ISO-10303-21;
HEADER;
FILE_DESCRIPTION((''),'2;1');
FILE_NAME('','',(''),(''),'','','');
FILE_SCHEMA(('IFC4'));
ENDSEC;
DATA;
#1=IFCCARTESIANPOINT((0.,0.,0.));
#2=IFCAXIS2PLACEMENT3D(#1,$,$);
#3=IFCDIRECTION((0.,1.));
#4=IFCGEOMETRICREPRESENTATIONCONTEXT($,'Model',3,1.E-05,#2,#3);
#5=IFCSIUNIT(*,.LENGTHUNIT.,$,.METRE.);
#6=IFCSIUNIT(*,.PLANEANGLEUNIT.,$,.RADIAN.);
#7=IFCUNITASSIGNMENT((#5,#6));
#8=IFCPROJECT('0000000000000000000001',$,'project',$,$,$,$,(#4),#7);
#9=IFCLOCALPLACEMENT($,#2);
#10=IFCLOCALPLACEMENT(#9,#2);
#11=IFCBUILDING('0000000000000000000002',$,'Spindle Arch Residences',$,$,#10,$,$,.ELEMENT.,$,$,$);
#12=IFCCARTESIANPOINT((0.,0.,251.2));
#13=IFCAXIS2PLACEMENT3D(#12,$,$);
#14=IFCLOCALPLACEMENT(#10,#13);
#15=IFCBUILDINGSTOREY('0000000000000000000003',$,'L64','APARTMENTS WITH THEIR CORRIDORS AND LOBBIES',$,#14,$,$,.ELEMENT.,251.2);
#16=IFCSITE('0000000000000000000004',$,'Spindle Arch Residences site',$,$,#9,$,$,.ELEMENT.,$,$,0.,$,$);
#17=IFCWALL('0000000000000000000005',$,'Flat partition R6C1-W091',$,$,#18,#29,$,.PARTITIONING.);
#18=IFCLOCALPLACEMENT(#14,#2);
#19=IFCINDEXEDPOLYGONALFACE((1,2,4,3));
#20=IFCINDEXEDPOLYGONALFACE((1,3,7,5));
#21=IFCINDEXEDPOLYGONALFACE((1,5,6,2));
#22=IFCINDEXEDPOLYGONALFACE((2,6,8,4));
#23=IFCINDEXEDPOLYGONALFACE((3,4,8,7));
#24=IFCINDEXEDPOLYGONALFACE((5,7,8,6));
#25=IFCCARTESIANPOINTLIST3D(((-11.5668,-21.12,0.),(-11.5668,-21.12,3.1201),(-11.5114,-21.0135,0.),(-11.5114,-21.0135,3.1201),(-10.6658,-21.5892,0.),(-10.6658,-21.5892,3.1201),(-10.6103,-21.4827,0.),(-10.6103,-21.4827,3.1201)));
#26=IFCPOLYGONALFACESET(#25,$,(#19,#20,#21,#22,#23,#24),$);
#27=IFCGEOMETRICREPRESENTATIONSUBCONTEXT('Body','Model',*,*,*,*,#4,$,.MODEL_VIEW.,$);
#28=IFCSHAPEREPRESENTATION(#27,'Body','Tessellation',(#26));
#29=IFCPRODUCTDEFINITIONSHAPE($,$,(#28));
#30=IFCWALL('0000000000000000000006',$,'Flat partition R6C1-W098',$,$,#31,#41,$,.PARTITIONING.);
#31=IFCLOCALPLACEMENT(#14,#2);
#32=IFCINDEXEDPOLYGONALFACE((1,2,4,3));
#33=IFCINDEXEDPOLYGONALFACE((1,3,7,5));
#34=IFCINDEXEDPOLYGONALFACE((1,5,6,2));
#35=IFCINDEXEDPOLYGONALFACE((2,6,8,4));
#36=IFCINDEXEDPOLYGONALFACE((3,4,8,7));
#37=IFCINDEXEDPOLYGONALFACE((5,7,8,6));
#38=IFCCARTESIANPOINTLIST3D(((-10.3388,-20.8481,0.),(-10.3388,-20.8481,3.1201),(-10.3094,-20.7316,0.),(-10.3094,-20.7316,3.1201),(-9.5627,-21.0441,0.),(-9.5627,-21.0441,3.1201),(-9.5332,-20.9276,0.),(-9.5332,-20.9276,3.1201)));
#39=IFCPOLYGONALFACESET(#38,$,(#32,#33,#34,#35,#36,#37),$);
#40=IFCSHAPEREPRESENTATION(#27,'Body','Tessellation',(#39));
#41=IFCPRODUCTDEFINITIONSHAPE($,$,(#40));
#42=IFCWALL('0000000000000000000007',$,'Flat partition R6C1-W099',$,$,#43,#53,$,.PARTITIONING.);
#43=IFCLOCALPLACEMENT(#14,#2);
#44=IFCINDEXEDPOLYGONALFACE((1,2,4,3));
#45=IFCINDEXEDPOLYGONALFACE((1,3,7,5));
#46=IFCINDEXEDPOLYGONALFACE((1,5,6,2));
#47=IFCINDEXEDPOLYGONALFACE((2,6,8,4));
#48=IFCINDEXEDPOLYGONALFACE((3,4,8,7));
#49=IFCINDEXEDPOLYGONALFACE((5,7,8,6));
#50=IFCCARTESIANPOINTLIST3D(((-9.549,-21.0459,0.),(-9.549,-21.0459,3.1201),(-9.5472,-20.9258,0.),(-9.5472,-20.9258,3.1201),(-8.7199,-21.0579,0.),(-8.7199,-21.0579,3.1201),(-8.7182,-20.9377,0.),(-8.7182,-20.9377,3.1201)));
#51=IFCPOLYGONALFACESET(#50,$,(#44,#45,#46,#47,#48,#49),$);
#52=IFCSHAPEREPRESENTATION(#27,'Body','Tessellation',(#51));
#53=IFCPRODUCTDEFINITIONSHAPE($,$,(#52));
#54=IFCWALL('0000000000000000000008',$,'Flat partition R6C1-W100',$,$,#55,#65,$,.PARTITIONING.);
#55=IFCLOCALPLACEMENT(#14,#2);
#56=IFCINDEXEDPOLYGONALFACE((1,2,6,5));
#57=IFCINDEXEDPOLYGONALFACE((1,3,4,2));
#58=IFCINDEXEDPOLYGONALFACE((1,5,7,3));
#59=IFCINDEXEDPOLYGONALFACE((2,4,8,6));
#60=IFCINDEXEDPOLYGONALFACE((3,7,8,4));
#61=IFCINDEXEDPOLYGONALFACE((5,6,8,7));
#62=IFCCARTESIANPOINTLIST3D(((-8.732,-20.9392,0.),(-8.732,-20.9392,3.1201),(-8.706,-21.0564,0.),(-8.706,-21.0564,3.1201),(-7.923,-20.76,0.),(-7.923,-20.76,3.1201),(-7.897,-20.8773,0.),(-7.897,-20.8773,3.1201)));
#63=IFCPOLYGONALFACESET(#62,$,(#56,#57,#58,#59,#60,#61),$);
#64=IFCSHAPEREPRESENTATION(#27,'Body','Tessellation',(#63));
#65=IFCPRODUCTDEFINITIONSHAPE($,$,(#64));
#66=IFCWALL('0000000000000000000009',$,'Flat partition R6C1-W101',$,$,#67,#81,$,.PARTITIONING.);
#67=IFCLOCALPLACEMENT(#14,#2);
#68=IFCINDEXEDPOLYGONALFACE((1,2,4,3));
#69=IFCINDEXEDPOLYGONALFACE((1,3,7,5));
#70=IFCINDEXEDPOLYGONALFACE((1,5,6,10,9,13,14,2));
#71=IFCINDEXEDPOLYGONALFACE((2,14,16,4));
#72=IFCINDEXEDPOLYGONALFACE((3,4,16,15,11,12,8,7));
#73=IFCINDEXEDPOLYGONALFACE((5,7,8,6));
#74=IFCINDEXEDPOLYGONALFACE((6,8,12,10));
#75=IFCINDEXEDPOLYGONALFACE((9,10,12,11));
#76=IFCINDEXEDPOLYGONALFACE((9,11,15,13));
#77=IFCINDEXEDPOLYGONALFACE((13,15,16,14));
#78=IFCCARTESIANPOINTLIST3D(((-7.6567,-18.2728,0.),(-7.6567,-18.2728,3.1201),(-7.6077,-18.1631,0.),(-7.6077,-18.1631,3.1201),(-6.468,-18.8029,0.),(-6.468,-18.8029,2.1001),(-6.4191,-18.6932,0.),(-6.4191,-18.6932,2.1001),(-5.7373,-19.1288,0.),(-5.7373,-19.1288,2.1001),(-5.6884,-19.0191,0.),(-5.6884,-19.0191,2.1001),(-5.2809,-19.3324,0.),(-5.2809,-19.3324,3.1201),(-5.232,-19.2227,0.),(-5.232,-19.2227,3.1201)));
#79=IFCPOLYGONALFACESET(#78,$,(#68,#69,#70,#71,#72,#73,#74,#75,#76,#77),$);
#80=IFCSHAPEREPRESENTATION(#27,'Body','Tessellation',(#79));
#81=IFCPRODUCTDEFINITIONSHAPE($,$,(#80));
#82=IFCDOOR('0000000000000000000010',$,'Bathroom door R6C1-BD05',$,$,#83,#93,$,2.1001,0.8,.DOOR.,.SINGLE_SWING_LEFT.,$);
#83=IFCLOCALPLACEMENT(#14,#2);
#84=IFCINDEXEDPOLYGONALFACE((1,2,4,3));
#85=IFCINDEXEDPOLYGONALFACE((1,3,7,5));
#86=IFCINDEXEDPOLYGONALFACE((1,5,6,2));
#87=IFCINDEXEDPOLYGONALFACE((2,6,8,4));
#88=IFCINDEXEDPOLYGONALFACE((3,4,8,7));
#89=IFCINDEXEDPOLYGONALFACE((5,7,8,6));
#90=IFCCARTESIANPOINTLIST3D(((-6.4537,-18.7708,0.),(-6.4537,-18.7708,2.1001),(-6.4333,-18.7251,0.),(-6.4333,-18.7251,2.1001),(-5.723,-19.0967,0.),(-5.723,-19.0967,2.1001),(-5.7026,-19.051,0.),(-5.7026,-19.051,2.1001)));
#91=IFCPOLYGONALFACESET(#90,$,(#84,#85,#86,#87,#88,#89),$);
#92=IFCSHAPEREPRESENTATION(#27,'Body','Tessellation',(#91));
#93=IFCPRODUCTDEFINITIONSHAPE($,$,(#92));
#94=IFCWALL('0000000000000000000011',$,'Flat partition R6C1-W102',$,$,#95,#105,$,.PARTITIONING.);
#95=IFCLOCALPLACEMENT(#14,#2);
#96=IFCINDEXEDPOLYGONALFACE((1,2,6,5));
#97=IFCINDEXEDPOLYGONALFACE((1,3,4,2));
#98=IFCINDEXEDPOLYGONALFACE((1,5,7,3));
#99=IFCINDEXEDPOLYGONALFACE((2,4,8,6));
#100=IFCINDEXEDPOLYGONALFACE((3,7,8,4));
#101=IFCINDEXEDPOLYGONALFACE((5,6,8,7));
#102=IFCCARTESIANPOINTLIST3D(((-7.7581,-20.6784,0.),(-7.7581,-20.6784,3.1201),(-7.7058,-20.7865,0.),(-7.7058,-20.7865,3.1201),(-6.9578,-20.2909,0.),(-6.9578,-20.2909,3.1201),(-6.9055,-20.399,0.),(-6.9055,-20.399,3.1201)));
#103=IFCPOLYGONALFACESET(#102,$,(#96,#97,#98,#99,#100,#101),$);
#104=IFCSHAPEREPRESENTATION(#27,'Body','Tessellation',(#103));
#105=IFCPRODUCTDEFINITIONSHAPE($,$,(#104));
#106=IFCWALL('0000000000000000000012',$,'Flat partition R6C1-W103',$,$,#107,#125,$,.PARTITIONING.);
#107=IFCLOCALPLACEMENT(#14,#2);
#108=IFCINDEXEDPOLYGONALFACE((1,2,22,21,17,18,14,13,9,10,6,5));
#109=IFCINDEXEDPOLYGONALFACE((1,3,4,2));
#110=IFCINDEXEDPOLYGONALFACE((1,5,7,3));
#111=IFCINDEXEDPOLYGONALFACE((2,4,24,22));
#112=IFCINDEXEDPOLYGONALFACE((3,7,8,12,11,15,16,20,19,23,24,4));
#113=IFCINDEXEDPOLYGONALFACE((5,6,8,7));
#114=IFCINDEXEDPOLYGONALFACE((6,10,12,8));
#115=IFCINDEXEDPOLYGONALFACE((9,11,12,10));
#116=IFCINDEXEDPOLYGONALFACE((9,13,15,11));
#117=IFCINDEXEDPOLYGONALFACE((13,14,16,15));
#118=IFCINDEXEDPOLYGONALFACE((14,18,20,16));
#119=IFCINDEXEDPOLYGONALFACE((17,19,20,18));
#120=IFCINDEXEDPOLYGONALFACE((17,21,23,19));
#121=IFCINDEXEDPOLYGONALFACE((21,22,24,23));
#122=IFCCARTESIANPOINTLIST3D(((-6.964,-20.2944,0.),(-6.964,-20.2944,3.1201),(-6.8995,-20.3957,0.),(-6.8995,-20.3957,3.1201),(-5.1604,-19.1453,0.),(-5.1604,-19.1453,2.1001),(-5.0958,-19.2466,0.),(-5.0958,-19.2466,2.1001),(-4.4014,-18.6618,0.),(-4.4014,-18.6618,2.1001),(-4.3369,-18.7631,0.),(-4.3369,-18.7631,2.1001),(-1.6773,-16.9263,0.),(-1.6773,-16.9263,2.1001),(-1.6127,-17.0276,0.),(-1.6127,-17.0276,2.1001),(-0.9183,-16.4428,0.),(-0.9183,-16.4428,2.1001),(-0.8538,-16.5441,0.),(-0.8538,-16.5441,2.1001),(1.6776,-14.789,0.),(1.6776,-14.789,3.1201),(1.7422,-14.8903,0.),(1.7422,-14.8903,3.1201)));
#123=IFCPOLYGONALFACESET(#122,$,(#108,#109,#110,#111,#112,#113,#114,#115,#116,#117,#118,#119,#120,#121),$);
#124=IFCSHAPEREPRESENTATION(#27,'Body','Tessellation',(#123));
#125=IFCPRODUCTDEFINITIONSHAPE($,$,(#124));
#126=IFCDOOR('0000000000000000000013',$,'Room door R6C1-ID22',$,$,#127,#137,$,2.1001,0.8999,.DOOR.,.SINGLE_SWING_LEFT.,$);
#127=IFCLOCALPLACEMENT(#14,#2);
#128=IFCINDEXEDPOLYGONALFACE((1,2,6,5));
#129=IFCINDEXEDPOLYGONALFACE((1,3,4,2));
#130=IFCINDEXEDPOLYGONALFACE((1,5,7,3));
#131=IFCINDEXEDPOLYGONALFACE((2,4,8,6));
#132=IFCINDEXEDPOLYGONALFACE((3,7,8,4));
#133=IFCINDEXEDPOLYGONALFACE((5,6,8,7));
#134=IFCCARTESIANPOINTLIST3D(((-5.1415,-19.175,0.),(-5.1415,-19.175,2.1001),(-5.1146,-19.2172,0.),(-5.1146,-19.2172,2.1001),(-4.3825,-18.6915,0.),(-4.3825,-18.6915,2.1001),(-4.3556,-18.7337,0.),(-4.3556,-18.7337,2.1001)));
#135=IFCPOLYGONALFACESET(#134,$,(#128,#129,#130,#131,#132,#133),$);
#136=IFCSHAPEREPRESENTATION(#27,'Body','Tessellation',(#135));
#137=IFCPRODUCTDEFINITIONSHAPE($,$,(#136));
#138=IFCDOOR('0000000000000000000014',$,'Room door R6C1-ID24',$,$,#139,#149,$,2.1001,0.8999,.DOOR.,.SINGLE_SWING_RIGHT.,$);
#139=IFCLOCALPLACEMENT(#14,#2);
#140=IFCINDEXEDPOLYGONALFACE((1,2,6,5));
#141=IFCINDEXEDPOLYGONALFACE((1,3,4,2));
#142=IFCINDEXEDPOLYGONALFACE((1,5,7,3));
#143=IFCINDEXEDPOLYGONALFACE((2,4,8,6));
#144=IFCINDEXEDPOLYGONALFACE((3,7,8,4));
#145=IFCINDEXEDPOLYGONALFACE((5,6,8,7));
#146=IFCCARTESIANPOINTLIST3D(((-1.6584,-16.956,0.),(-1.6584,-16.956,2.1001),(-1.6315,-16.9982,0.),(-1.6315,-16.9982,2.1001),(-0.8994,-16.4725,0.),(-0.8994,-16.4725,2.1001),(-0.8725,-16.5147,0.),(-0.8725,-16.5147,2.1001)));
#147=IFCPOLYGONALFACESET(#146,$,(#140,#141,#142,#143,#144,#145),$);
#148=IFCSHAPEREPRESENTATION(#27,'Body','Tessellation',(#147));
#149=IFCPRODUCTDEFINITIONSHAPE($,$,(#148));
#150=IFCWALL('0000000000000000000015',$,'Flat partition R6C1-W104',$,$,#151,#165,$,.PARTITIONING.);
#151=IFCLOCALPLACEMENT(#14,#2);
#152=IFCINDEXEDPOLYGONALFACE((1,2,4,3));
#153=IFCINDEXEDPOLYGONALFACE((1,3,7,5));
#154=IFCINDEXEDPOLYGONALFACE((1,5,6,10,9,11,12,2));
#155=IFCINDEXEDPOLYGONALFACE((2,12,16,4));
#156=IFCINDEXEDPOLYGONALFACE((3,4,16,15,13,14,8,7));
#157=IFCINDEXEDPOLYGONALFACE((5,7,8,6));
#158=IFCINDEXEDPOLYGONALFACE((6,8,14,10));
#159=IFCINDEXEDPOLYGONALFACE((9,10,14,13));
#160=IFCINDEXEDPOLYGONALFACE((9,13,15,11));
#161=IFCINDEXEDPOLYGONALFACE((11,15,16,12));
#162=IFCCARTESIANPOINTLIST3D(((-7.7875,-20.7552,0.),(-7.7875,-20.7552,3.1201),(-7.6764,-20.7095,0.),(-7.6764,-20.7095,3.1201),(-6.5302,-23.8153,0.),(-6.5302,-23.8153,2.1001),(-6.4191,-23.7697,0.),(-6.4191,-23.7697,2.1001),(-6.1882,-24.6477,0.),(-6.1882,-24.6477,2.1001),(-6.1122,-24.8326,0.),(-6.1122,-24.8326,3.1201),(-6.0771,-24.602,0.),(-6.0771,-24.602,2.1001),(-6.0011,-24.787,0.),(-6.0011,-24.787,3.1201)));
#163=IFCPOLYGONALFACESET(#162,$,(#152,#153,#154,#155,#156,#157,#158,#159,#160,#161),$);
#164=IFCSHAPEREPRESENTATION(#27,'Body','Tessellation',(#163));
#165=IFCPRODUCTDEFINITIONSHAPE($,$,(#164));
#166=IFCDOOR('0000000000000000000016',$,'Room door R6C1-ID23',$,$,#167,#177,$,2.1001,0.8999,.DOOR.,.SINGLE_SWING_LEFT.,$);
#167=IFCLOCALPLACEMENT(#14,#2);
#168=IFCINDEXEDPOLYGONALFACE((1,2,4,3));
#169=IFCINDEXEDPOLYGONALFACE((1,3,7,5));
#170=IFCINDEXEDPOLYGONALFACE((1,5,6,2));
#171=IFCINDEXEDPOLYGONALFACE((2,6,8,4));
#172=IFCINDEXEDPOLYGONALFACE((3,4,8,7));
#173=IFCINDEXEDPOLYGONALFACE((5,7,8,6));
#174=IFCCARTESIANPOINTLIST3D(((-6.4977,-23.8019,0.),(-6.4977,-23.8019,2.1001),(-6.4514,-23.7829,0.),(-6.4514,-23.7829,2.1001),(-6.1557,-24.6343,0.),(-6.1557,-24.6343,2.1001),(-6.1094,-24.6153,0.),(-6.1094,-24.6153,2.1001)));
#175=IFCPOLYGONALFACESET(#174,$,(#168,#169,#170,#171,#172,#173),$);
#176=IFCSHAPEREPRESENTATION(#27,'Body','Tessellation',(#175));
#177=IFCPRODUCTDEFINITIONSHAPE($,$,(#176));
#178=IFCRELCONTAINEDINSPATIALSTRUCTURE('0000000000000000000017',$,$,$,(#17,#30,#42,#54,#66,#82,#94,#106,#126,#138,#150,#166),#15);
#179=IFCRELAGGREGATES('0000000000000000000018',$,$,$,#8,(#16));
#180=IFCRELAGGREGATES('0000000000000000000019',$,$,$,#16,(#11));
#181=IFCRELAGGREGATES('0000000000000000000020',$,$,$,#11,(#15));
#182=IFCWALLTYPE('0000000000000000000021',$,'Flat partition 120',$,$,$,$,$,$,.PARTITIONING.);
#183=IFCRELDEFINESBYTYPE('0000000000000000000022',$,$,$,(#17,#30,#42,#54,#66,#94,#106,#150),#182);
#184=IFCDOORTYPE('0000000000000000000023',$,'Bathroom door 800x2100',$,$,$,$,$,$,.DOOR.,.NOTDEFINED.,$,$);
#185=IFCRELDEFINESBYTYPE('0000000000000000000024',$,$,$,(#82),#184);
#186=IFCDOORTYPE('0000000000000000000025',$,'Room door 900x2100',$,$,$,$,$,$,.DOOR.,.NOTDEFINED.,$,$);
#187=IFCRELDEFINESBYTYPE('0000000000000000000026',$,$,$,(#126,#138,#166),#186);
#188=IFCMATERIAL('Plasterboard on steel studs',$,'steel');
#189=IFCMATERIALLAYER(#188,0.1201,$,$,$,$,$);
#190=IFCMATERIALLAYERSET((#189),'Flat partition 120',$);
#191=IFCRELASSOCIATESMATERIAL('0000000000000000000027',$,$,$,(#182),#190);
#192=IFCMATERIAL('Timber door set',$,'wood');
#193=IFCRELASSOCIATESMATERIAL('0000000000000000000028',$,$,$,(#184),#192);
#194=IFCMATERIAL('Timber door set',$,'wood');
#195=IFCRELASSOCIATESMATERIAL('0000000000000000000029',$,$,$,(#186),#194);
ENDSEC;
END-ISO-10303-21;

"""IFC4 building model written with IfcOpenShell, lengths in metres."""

from ifc_helpers import new_model, si_unit, direction, frame, frame_2d, origin, place, context, subcontext, project, spatial, rectangle, extrude, material, layer, layer_set, type_object, element, fill, save


model = new_model("IFC4")

# Units and contexts
model_context = context("Model", 3, precision=1e-05, world=origin(), true_north=direction((0.0, 1.0)))
body_context = subcontext(model_context, "Body", "Model", "MODEL_VIEW")
ifc_project = project(units=[si_unit("LENGTHUNIT", "METRE"), si_unit("PLANEANGLEUNIT", "RADIAN")], contexts=[model_context])

# Site, building, storey
site_placement = place(None, origin())
site = spatial("IfcSite", under=ifc_project, at=site_placement, Name="Spindle Arch Residences site", CompositionType="ELEMENT", RefElevation=0.0)
building_placement = place(site_placement, origin())
building = spatial("IfcBuilding", under=site, at=building_placement, Name="Spindle Arch Residences", CompositionType="ELEMENT")
storey_placement = place(building_placement, frame((0.0, 0.0, 251.2)))
storey = spatial("IfcBuildingStorey", under=building, at=storey_placement, Name="L64", Description="APARTMENTS WITH THEIR CORRIDORS AND LOBBIES", CompositionType="ELEMENT", Elevation=251.2)

# Walls
ifc_material_1 = material(Name="Plasterboard on steel studs", Category="steel")
ifc_layer_1 = layer(ifc_material_1, 0.1201)
ifc_layer_set_1 = layer_set([ifc_layer_1], Name="Flat partition 120")
wall_type_1 = type_object("IfcWallType", Name="Flat partition 120", PredefinedType="PARTITIONING", material=ifc_layer_set_1)
wall_1_placement = place(storey_placement, frame((-10.6382, -21.5359, 0.0), z_axis=(0.0, 0.0, 1.0), x_axis=(-0.886953, 0.46186, 0.0)))
element("IfcWall", 1, at=wall_1_placement, inside=storey, type_object=wall_type_1, Name="Flat partition R6C1-W091", PredefinedType="PARTITIONING", context=body_context, shape_type="SweptSolid", body=[
    extrude(rectangle(XDim=1.0159, YDim=0.1201, at=frame_2d((0.5078, 0.0))), origin(), (0.0, 0.0, 1.0), 3.1201),
])
wall_2_placement = place(storey_placement, frame((-10.3242, -20.7898, 0.0), z_axis=(0.0, 0.0, 1.0), x_axis=(0.969548, -0.244903, 0.0)))
element("IfcWall", 2, at=wall_2_placement, inside=storey, type_object=wall_type_1, Name="Flat partition R6C1-W098", PredefinedType="PARTITIONING", context=body_context, shape_type="SweptSolid", body=[
    extrude(rectangle(XDim=0.8005, YDim=0.1201, at=frame_2d((0.4004, 0.0))), origin(), (0.0, 0.0, 1.0), 3.1201),
])
wall_3_placement = place(storey_placement, frame((-9.5481, -20.9858, 0.0), z_axis=(0.0, 0.0, 1.0), x_axis=(0.999896, -0.014427, 0.0)))
element("IfcWall", 3, at=wall_3_placement, inside=storey, type_object=wall_type_1, Name="Flat partition R6C1-W099", PredefinedType="PARTITIONING", context=body_context, shape_type="SweptSolid", body=[
    extrude(rectangle(XDim=0.8291, YDim=0.1201, at=frame_2d((0.4146, 0.0))), origin(), (0.0, 0.0, 1.0), 3.1201),
])
wall_4_placement = place(storey_placement, frame((-8.719, -20.9978, 0.0), z_axis=(0.0, 0.0, 1.0), x_axis=(0.976339, 0.216244, 0.0)))
element("IfcWall", 4, at=wall_4_placement, inside=storey, type_object=wall_type_1, Name="Flat partition R6C1-W100", PredefinedType="PARTITIONING", context=body_context, shape_type="SweptSolid", body=[
    extrude(rectangle(XDim=0.8286, YDim=0.1201, at=frame_2d((0.4143, 0.0))), origin(), (0.0, 0.0, 1.0), 3.1201),
])

# Wall, opening, door
wall_5_placement = place(storey_placement, frame((-5.2563, -19.2776, 0.0), z_axis=(0.0, 0.0, 1.0), x_axis=(-0.913284, 0.407322, 0.0)))
wall_5 = element("IfcWall", 5, at=wall_5_placement, inside=storey, type_object=wall_type_1, Name="Flat partition R6C1-W101", PredefinedType="PARTITIONING", context=body_context, shape_type="SweptSolid", body=[
    extrude(rectangle(XDim=2.6013, YDim=0.1201, at=frame_2d((1.3008, 0.0))), origin(), (0.0, 0.0, 1.0), 3.1201),
])
opening_1_placement = place(wall_5_placement, frame((0.5, 0.0, 0.0)))
opening_1 = element("IfcOpeningElement", 6, at=opening_1_placement, cuts=wall_5, PredefinedType="OPENING", context=body_context, shape_type="SweptSolid", body=[
    extrude(rectangle(XDim=0.8, YDim=2.1001, at=frame_2d((0.3999, 1.05))), frame((0.0, 0.0701, 0.0), z_axis=(0.0, -1.0, 0.0), x_axis=(1.0, 0.0, 0.0)), (0.0, 0.0, 1.0), 0.1401),
])
ifc_material_2 = material(Name="Timber door set", Category="wood")
door_type_1 = type_object("IfcDoorType", Name="Bathroom door 800x2100", OperationType="NOTDEFINED", PredefinedType="DOOR", material=ifc_material_2)
door_1_placement = place(opening_1_placement, origin())
door_1 = element("IfcDoor", 7, at=door_1_placement, inside=storey, type_object=door_type_1, Name="Bathroom door R6C1-BD05", OperationType="SINGLE_SWING_LEFT", OverallHeight=2.1001, OverallWidth=0.8, PredefinedType="DOOR", context=body_context, shape_type="SweptSolid", body=[
    extrude(rectangle(XDim=0.8, YDim=2.1001, at=frame_2d((0.3999, 1.05))), frame((0.0, 0.0249, 0.0), z_axis=(0.0, -1.0, 0.0), x_axis=(1.0, 0.0, 0.0)), (0.0, 0.0, 1.0), 0.05),
])
fill(opening_1, door_1)

# Wall
wall_6_placement = place(storey_placement, frame((-7.7319, -20.7324, 0.0), z_axis=(0.0, 0.0, 1.0), x_axis=(0.900065, 0.435755, 0.0)))
element("IfcWall", 8, at=wall_6_placement, inside=storey, type_object=wall_type_1, Name="Flat partition R6C1-W102", PredefinedType="PARTITIONING", context=body_context, shape_type="SweptSolid", body=[
    extrude(rectangle(XDim=0.8892, YDim=0.1201, at=frame_2d((0.4446, 0.0))), origin(), (0.0, 0.0, 1.0), 3.1201),
])

# Wall, openings, doors
wall_7_placement = place(storey_placement, frame((-6.9316, -20.345, 0.0), z_axis=(0.0, 0.0, 1.0), x_axis=(0.843389, 0.537304, 0.0)))
wall_7 = element("IfcWall", 9, at=wall_7_placement, inside=storey, type_object=wall_type_1, Name="Flat partition R6C1-W103", PredefinedType="PARTITIONING", context=body_context, shape_type="SweptSolid", body=[
    extrude(rectangle(XDim=10.2463, YDim=0.1201, at=frame_2d((5.123, 0.0))), origin(), (0.0, 0.0, 1.0), 3.1201),
])
opening_2_placement = place(wall_7_placement, frame((2.1384, 0.0, 0.0)))
opening_2 = element("IfcOpeningElement", 10, at=opening_2_placement, cuts=wall_7, PredefinedType="OPENING", context=body_context, shape_type="SweptSolid", body=[
    extrude(rectangle(XDim=0.8999, YDim=2.1001, at=frame_2d((0.45, 1.05))), frame((0.0, 0.0701, 0.0), z_axis=(0.0, -1.0, 0.0), x_axis=(1.0, 0.0, 0.0)), (0.0, 0.0, 1.0), 0.1401),
])
opening_3_placement = place(wall_7_placement, frame((6.2683, 0.0, 0.0)))
opening_3 = element("IfcOpeningElement", 11, at=opening_3_placement, cuts=wall_7, PredefinedType="OPENING", context=body_context, shape_type="SweptSolid", body=[
    extrude(rectangle(XDim=0.8999, YDim=2.1001, at=frame_2d((0.45, 1.05))), frame((0.0, 0.0701, 0.0), z_axis=(0.0, -1.0, 0.0), x_axis=(1.0, 0.0, 0.0)), (0.0, 0.0, 1.0), 0.1401),
])
ifc_material_3 = material(Name="Timber door set", Category="wood")
door_type_2 = type_object("IfcDoorType", Name="Room door 900x2100", OperationType="NOTDEFINED", PredefinedType="DOOR", material=ifc_material_3)
door_2_placement = place(opening_2_placement, origin())
door_2 = element("IfcDoor", 12, at=door_2_placement, inside=storey, type_object=door_type_2, Name="Room door R6C1-ID22", OperationType="SINGLE_SWING_LEFT", OverallHeight=2.1001, OverallWidth=0.8999, PredefinedType="DOOR", context=body_context, shape_type="SweptSolid", body=[
    extrude(rectangle(XDim=0.8999, YDim=2.1001, at=frame_2d((0.45, 1.05))), frame((0.0, 0.0249, 0.0), z_axis=(0.0, -1.0, 0.0), x_axis=(1.0, 0.0, 0.0)), (0.0, 0.0, 1.0), 0.05),
])
fill(opening_2, door_2)
door_3_placement = place(opening_3_placement, origin())
door_3 = element("IfcDoor", 13, at=door_3_placement, inside=storey, type_object=door_type_2, Name="Room door R6C1-ID24", OperationType="SINGLE_SWING_RIGHT", OverallHeight=2.1001, OverallWidth=0.8999, PredefinedType="DOOR", context=body_context, shape_type="SweptSolid", body=[
    extrude(rectangle(XDim=0.8999, YDim=2.1001, at=frame_2d((0.45, 1.05))), frame((0.0, 0.0249, 0.0), z_axis=(0.0, -1.0, 0.0), x_axis=(1.0, 0.0, 0.0)), (0.0, 0.0, 1.0), 0.05),
])
fill(opening_3, door_3)

# Wall, opening, door
wall_8_placement = place(storey_placement, frame((-6.0566, -24.8098, 0.0), z_axis=(0.0, 0.0, 1.0), x_axis=(-0.380045, 0.924968, 0.0)))
wall_8 = element("IfcWall", 14, at=wall_8_placement, inside=storey, type_object=wall_type_1, Name="Flat partition R6C1-W104", PredefinedType="PARTITIONING", context=body_context, shape_type="SweptSolid", body=[
    extrude(rectangle(XDim=4.4082, YDim=0.1201, at=frame_2d((2.2041, 0.0))), origin(), (0.0, 0.0, 1.0), 3.1201),
])
opening_4_placement = place(wall_8_placement, frame((0.2, 0.0, 0.0)))
opening_4 = element("IfcOpeningElement", 15, at=opening_4_placement, cuts=wall_8, PredefinedType="OPENING", context=body_context, shape_type="SweptSolid", body=[
    extrude(rectangle(XDim=0.8999, YDim=2.1001, at=frame_2d((0.45, 1.05))), frame((0.0, 0.0701, 0.0), z_axis=(0.0, -1.0, 0.0), x_axis=(1.0, 0.0, 0.0)), (0.0, 0.0, 1.0), 0.1401),
])
door_4_placement = place(opening_4_placement, origin())
door_4 = element("IfcDoor", 16, at=door_4_placement, inside=storey, type_object=door_type_2, Name="Room door R6C1-ID23", OperationType="SINGLE_SWING_LEFT", OverallHeight=2.1001, OverallWidth=0.8999, PredefinedType="DOOR", context=body_context, shape_type="SweptSolid", body=[
    extrude(rectangle(XDim=0.8999, YDim=2.1001, at=frame_2d((0.45, 1.05))), frame((0.0, 0.0249, 0.0), z_axis=(0.0, -1.0, 0.0), x_axis=(1.0, 0.0, 0.0)), (0.0, 0.0, 1.0), 0.05),
])
fill(opening_4, door_4)

save(model, "model.ifc")
